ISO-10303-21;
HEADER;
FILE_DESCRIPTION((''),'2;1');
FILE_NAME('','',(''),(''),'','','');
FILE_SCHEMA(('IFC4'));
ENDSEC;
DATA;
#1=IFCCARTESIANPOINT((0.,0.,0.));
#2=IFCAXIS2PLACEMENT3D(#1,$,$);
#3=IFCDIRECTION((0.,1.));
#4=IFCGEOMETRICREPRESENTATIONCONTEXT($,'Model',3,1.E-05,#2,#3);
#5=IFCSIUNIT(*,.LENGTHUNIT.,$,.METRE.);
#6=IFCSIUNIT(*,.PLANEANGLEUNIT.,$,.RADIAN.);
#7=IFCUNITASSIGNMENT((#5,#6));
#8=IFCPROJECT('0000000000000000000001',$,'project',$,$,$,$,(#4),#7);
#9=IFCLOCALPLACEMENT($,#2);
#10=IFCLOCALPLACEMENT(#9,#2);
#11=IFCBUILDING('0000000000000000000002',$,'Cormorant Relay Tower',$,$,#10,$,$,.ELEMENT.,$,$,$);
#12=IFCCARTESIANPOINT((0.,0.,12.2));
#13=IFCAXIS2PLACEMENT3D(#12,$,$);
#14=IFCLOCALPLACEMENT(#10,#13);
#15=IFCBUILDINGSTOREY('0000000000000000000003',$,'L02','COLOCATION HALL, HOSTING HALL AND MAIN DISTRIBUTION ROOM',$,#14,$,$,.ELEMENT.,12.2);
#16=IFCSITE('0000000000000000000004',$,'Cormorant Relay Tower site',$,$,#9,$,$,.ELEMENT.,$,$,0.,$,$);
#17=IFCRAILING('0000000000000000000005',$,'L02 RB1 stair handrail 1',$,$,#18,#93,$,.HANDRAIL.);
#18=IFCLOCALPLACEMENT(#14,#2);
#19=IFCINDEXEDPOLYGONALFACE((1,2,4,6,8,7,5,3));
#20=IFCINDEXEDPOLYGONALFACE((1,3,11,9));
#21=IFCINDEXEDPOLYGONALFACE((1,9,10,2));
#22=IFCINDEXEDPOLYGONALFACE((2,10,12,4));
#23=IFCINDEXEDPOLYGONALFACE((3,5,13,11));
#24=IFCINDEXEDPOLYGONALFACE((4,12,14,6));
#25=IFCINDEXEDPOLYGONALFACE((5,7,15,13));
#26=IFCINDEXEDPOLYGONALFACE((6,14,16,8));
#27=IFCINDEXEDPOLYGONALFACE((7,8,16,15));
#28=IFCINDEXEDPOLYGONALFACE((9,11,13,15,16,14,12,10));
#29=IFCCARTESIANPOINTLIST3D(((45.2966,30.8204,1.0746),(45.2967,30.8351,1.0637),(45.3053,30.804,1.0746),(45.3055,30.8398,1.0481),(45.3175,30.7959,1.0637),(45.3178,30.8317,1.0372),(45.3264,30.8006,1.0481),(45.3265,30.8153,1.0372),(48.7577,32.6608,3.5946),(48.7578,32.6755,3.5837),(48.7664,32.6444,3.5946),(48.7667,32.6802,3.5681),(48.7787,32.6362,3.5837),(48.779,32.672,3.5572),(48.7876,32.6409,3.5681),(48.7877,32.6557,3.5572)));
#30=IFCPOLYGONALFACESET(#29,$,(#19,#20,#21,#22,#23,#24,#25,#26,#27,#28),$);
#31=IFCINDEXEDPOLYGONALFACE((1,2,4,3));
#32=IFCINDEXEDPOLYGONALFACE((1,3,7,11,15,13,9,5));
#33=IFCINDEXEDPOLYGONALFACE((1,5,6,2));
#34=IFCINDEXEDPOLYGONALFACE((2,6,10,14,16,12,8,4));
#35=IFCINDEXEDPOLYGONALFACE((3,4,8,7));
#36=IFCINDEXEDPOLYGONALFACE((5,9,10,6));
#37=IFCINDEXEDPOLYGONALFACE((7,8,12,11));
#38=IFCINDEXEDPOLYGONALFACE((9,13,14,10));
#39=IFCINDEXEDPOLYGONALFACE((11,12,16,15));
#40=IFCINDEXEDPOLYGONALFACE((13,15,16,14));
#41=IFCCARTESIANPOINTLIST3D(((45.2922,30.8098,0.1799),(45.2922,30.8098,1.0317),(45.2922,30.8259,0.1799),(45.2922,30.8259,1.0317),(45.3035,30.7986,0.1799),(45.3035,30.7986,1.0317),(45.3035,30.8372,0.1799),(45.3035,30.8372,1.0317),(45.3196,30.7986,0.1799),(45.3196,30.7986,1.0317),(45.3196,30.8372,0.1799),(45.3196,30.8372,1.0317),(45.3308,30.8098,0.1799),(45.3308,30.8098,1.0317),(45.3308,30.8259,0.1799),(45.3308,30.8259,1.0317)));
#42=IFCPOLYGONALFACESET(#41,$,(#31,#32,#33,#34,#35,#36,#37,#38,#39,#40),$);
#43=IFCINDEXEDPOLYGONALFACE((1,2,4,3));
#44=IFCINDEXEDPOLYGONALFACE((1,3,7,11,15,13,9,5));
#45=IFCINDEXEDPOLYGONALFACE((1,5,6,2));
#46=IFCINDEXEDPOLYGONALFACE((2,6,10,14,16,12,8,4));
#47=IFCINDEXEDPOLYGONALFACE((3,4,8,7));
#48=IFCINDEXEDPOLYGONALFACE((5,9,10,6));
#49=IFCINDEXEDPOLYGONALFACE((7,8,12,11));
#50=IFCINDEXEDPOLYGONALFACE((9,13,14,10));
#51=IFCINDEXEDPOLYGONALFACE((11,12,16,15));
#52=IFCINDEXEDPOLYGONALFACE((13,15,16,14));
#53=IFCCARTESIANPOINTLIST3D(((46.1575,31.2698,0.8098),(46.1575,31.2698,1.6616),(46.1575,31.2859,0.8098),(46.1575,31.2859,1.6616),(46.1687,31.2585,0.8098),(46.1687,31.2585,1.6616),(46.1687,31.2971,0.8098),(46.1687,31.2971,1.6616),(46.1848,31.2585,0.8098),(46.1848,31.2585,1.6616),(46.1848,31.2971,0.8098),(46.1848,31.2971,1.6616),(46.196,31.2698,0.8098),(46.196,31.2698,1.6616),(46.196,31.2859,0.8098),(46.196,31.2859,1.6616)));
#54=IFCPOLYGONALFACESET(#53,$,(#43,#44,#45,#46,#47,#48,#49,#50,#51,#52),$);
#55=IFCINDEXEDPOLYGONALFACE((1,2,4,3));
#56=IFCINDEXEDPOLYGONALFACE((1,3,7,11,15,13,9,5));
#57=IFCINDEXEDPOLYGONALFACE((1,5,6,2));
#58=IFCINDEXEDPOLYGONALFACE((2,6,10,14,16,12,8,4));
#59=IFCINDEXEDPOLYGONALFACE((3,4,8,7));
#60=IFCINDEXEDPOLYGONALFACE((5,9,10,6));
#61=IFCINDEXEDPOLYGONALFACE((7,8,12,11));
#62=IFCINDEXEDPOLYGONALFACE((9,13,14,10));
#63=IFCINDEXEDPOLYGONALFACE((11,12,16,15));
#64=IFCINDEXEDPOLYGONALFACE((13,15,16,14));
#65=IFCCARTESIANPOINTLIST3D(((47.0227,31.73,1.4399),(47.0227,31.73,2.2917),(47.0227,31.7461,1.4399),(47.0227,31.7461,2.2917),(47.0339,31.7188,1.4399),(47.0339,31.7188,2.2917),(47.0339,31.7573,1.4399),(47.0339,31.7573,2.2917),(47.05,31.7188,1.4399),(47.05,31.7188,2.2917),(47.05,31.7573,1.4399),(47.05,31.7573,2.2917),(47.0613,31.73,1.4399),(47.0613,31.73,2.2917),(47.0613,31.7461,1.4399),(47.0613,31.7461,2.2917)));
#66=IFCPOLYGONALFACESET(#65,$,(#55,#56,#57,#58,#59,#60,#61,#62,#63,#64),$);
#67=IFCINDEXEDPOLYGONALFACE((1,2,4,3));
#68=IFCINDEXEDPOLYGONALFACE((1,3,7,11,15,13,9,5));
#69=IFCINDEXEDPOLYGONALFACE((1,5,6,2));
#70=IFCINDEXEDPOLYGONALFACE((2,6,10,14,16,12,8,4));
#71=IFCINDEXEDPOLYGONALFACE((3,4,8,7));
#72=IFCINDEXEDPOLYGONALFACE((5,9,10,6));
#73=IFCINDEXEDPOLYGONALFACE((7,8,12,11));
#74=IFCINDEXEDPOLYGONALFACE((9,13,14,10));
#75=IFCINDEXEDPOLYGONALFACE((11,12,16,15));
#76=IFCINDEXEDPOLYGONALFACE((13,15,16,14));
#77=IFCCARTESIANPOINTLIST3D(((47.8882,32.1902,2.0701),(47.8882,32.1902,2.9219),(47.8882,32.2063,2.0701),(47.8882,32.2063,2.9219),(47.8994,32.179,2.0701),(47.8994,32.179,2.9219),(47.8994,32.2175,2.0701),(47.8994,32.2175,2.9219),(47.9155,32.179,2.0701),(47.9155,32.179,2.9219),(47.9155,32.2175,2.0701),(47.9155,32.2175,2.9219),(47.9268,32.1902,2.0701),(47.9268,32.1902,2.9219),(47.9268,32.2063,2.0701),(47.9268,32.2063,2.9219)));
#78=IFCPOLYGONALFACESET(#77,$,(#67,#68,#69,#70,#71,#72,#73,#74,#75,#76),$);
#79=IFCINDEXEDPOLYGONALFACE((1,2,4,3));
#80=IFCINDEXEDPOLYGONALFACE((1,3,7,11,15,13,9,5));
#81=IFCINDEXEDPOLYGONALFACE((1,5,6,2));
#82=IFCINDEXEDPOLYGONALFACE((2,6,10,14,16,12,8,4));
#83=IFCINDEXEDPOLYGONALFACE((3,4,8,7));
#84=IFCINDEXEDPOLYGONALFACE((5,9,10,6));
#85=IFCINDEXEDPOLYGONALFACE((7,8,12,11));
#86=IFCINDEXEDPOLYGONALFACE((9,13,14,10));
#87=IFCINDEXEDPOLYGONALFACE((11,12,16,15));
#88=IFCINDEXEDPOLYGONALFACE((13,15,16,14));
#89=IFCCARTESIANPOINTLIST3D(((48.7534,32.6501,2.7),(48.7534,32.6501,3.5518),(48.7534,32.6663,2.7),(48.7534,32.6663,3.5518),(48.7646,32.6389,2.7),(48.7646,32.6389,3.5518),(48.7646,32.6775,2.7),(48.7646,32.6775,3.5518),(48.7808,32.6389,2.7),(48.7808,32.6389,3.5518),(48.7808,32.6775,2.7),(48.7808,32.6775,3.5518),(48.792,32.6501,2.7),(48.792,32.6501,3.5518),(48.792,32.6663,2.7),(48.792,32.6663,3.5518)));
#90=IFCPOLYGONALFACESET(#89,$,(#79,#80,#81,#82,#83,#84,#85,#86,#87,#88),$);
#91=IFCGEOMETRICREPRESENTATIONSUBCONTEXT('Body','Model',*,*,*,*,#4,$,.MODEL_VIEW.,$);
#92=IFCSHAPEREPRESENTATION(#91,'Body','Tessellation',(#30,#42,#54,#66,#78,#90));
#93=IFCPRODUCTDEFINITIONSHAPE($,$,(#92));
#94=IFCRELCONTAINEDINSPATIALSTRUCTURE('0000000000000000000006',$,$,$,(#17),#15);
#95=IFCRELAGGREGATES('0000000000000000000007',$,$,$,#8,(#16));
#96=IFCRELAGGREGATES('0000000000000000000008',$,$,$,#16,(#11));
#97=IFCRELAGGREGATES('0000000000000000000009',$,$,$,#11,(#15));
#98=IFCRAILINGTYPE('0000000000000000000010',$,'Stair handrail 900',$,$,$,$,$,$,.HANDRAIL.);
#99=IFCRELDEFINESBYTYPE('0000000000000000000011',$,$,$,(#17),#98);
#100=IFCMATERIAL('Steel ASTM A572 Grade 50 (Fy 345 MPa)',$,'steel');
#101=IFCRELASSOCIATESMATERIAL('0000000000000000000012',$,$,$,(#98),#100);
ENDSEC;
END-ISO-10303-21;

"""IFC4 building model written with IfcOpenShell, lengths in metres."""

from ifc_helpers import new_model, si_unit, direction, frame, origin, place, context, subcontext, project, spatial, polyline, outline, extrude, material, type_object, element, save


model = new_model("IFC4")

# Units and contexts
model_context = context("Model", 3, precision=1e-05, world=origin(), true_north=direction((0.0, 1.0)))
body_context = subcontext(model_context, "Body", "Model", "MODEL_VIEW")
ifc_project = project(units=[si_unit("LENGTHUNIT", "METRE"), si_unit("PLANEANGLEUNIT", "RADIAN")], contexts=[model_context])

# Site, building, storey
site_placement = place(None, origin())
site = spatial("IfcSite", under=ifc_project, at=site_placement, Name="Cormorant Relay Tower site", CompositionType="ELEMENT", RefElevation=0.0)
building_placement = place(site_placement, origin())
building = spatial("IfcBuilding", under=site, at=building_placement, Name="Cormorant Relay Tower", CompositionType="ELEMENT")
storey_placement = place(building_placement, frame((0.0, 0.0, 12.2)))
storey = spatial("IfcBuildingStorey", under=building, at=storey_placement, Name="L02", Description="COLOCATION HALL, HOSTING HALL AND MAIN DISTRIBUTION ROOM", CompositionType="ELEMENT", Elevation=12.2)

# Railing
ifc_material_1 = material(Name="Steel ASTM A572 Grade 50 (Fy 345 MPa)", Category="steel")
railing_type_1 = type_object("IfcRailingType", Name="Stair handrail 900", PredefinedType="HANDRAIL", material=ifc_material_1)
railing_1_placement = place(storey_placement, frame((45.3115, 30.8179, 0.1799)))
element("IfcRailing", 1, at=railing_1_placement, inside=storey, type_object=railing_type_1, Name="L02 RB1 stair handrail 1", PredefinedType="HANDRAIL", context=body_context, shape_type="SweptSolid", body=[
    extrude(outline(polyline([(0.0222, 0.0093), (0.0093, 0.0222), (-0.0093, 0.0222), (-0.0222, 0.0093), (-0.0222, -0.0093), (-0.0093, -0.0222), (0.0093, -0.0222), (0.0222, -0.0093), (0.0222, 0.0093)])), frame((0.0, 0.0, 0.876), z_axis=(0.742717, 0.394907, 0.540758), x_axis=(-0.469469, 0.882949, 0.0)), (0.0, 0.0, 1.0), 4.6602),
    extrude(outline(polyline([(0.0193, 0.0081), (0.0081, 0.0193), (-0.0081, 0.0193), (-0.0193, 0.0081), (-0.0193, -0.0081), (-0.0081, -0.0193), (0.0081, -0.0193), (0.0193, -0.0081), (0.0193, 0.0081)])), origin(), (0.0, 0.0, 1.0), 0.8518),
    extrude(outline(polyline([(0.0193, 0.0081), (0.0081, 0.0193), (-0.0081, 0.0193), (-0.0193, 0.0081), (-0.0193, -0.0081), (-0.0081, -0.0193), (0.0081, -0.0193), (0.0193, -0.0081), (0.0193, 0.0081)])), frame((0.8652, 0.46, 0.6299)), (0.0, 0.0, 1.0), 0.8518),
    extrude(outline(polyline([(0.0193, 0.0081), (0.0081, 0.0193), (-0.0081, 0.0193), (-0.0193, 0.0081), (-0.0193, -0.0081), (-0.0081, -0.0193), (0.0081, -0.0193), (0.0193, -0.0081), (0.0193, 0.0081)])), frame((1.7305, 0.9202, 1.26)), (0.0, 0.0, 1.0), 0.8518),
    extrude(outline(polyline([(0.0193, 0.0081), (0.0081, 0.0193), (-0.0081, 0.0193), (-0.0193, 0.0081), (-0.0193, -0.0081), (-0.0081, -0.0193), (0.0081, -0.0193), (0.0193, -0.0081), (0.0193, 0.0081)])), frame((2.5959, 1.3804, 1.8901)), (0.0, 0.0, 1.0), 0.8518),
    extrude(outline(polyline([(0.0193, 0.0081), (0.0081, 0.0193), (-0.0081, 0.0193), (-0.0193, 0.0081), (-0.0193, -0.0081), (-0.0081, -0.0193), (0.0081, -0.0193), (0.0193, -0.0081), (0.0193, 0.0081)])), frame((3.4612, 1.8403, 2.52)), (0.0, 0.0, 1.0), 0.8518),
])

save(model, "model.ifc")
